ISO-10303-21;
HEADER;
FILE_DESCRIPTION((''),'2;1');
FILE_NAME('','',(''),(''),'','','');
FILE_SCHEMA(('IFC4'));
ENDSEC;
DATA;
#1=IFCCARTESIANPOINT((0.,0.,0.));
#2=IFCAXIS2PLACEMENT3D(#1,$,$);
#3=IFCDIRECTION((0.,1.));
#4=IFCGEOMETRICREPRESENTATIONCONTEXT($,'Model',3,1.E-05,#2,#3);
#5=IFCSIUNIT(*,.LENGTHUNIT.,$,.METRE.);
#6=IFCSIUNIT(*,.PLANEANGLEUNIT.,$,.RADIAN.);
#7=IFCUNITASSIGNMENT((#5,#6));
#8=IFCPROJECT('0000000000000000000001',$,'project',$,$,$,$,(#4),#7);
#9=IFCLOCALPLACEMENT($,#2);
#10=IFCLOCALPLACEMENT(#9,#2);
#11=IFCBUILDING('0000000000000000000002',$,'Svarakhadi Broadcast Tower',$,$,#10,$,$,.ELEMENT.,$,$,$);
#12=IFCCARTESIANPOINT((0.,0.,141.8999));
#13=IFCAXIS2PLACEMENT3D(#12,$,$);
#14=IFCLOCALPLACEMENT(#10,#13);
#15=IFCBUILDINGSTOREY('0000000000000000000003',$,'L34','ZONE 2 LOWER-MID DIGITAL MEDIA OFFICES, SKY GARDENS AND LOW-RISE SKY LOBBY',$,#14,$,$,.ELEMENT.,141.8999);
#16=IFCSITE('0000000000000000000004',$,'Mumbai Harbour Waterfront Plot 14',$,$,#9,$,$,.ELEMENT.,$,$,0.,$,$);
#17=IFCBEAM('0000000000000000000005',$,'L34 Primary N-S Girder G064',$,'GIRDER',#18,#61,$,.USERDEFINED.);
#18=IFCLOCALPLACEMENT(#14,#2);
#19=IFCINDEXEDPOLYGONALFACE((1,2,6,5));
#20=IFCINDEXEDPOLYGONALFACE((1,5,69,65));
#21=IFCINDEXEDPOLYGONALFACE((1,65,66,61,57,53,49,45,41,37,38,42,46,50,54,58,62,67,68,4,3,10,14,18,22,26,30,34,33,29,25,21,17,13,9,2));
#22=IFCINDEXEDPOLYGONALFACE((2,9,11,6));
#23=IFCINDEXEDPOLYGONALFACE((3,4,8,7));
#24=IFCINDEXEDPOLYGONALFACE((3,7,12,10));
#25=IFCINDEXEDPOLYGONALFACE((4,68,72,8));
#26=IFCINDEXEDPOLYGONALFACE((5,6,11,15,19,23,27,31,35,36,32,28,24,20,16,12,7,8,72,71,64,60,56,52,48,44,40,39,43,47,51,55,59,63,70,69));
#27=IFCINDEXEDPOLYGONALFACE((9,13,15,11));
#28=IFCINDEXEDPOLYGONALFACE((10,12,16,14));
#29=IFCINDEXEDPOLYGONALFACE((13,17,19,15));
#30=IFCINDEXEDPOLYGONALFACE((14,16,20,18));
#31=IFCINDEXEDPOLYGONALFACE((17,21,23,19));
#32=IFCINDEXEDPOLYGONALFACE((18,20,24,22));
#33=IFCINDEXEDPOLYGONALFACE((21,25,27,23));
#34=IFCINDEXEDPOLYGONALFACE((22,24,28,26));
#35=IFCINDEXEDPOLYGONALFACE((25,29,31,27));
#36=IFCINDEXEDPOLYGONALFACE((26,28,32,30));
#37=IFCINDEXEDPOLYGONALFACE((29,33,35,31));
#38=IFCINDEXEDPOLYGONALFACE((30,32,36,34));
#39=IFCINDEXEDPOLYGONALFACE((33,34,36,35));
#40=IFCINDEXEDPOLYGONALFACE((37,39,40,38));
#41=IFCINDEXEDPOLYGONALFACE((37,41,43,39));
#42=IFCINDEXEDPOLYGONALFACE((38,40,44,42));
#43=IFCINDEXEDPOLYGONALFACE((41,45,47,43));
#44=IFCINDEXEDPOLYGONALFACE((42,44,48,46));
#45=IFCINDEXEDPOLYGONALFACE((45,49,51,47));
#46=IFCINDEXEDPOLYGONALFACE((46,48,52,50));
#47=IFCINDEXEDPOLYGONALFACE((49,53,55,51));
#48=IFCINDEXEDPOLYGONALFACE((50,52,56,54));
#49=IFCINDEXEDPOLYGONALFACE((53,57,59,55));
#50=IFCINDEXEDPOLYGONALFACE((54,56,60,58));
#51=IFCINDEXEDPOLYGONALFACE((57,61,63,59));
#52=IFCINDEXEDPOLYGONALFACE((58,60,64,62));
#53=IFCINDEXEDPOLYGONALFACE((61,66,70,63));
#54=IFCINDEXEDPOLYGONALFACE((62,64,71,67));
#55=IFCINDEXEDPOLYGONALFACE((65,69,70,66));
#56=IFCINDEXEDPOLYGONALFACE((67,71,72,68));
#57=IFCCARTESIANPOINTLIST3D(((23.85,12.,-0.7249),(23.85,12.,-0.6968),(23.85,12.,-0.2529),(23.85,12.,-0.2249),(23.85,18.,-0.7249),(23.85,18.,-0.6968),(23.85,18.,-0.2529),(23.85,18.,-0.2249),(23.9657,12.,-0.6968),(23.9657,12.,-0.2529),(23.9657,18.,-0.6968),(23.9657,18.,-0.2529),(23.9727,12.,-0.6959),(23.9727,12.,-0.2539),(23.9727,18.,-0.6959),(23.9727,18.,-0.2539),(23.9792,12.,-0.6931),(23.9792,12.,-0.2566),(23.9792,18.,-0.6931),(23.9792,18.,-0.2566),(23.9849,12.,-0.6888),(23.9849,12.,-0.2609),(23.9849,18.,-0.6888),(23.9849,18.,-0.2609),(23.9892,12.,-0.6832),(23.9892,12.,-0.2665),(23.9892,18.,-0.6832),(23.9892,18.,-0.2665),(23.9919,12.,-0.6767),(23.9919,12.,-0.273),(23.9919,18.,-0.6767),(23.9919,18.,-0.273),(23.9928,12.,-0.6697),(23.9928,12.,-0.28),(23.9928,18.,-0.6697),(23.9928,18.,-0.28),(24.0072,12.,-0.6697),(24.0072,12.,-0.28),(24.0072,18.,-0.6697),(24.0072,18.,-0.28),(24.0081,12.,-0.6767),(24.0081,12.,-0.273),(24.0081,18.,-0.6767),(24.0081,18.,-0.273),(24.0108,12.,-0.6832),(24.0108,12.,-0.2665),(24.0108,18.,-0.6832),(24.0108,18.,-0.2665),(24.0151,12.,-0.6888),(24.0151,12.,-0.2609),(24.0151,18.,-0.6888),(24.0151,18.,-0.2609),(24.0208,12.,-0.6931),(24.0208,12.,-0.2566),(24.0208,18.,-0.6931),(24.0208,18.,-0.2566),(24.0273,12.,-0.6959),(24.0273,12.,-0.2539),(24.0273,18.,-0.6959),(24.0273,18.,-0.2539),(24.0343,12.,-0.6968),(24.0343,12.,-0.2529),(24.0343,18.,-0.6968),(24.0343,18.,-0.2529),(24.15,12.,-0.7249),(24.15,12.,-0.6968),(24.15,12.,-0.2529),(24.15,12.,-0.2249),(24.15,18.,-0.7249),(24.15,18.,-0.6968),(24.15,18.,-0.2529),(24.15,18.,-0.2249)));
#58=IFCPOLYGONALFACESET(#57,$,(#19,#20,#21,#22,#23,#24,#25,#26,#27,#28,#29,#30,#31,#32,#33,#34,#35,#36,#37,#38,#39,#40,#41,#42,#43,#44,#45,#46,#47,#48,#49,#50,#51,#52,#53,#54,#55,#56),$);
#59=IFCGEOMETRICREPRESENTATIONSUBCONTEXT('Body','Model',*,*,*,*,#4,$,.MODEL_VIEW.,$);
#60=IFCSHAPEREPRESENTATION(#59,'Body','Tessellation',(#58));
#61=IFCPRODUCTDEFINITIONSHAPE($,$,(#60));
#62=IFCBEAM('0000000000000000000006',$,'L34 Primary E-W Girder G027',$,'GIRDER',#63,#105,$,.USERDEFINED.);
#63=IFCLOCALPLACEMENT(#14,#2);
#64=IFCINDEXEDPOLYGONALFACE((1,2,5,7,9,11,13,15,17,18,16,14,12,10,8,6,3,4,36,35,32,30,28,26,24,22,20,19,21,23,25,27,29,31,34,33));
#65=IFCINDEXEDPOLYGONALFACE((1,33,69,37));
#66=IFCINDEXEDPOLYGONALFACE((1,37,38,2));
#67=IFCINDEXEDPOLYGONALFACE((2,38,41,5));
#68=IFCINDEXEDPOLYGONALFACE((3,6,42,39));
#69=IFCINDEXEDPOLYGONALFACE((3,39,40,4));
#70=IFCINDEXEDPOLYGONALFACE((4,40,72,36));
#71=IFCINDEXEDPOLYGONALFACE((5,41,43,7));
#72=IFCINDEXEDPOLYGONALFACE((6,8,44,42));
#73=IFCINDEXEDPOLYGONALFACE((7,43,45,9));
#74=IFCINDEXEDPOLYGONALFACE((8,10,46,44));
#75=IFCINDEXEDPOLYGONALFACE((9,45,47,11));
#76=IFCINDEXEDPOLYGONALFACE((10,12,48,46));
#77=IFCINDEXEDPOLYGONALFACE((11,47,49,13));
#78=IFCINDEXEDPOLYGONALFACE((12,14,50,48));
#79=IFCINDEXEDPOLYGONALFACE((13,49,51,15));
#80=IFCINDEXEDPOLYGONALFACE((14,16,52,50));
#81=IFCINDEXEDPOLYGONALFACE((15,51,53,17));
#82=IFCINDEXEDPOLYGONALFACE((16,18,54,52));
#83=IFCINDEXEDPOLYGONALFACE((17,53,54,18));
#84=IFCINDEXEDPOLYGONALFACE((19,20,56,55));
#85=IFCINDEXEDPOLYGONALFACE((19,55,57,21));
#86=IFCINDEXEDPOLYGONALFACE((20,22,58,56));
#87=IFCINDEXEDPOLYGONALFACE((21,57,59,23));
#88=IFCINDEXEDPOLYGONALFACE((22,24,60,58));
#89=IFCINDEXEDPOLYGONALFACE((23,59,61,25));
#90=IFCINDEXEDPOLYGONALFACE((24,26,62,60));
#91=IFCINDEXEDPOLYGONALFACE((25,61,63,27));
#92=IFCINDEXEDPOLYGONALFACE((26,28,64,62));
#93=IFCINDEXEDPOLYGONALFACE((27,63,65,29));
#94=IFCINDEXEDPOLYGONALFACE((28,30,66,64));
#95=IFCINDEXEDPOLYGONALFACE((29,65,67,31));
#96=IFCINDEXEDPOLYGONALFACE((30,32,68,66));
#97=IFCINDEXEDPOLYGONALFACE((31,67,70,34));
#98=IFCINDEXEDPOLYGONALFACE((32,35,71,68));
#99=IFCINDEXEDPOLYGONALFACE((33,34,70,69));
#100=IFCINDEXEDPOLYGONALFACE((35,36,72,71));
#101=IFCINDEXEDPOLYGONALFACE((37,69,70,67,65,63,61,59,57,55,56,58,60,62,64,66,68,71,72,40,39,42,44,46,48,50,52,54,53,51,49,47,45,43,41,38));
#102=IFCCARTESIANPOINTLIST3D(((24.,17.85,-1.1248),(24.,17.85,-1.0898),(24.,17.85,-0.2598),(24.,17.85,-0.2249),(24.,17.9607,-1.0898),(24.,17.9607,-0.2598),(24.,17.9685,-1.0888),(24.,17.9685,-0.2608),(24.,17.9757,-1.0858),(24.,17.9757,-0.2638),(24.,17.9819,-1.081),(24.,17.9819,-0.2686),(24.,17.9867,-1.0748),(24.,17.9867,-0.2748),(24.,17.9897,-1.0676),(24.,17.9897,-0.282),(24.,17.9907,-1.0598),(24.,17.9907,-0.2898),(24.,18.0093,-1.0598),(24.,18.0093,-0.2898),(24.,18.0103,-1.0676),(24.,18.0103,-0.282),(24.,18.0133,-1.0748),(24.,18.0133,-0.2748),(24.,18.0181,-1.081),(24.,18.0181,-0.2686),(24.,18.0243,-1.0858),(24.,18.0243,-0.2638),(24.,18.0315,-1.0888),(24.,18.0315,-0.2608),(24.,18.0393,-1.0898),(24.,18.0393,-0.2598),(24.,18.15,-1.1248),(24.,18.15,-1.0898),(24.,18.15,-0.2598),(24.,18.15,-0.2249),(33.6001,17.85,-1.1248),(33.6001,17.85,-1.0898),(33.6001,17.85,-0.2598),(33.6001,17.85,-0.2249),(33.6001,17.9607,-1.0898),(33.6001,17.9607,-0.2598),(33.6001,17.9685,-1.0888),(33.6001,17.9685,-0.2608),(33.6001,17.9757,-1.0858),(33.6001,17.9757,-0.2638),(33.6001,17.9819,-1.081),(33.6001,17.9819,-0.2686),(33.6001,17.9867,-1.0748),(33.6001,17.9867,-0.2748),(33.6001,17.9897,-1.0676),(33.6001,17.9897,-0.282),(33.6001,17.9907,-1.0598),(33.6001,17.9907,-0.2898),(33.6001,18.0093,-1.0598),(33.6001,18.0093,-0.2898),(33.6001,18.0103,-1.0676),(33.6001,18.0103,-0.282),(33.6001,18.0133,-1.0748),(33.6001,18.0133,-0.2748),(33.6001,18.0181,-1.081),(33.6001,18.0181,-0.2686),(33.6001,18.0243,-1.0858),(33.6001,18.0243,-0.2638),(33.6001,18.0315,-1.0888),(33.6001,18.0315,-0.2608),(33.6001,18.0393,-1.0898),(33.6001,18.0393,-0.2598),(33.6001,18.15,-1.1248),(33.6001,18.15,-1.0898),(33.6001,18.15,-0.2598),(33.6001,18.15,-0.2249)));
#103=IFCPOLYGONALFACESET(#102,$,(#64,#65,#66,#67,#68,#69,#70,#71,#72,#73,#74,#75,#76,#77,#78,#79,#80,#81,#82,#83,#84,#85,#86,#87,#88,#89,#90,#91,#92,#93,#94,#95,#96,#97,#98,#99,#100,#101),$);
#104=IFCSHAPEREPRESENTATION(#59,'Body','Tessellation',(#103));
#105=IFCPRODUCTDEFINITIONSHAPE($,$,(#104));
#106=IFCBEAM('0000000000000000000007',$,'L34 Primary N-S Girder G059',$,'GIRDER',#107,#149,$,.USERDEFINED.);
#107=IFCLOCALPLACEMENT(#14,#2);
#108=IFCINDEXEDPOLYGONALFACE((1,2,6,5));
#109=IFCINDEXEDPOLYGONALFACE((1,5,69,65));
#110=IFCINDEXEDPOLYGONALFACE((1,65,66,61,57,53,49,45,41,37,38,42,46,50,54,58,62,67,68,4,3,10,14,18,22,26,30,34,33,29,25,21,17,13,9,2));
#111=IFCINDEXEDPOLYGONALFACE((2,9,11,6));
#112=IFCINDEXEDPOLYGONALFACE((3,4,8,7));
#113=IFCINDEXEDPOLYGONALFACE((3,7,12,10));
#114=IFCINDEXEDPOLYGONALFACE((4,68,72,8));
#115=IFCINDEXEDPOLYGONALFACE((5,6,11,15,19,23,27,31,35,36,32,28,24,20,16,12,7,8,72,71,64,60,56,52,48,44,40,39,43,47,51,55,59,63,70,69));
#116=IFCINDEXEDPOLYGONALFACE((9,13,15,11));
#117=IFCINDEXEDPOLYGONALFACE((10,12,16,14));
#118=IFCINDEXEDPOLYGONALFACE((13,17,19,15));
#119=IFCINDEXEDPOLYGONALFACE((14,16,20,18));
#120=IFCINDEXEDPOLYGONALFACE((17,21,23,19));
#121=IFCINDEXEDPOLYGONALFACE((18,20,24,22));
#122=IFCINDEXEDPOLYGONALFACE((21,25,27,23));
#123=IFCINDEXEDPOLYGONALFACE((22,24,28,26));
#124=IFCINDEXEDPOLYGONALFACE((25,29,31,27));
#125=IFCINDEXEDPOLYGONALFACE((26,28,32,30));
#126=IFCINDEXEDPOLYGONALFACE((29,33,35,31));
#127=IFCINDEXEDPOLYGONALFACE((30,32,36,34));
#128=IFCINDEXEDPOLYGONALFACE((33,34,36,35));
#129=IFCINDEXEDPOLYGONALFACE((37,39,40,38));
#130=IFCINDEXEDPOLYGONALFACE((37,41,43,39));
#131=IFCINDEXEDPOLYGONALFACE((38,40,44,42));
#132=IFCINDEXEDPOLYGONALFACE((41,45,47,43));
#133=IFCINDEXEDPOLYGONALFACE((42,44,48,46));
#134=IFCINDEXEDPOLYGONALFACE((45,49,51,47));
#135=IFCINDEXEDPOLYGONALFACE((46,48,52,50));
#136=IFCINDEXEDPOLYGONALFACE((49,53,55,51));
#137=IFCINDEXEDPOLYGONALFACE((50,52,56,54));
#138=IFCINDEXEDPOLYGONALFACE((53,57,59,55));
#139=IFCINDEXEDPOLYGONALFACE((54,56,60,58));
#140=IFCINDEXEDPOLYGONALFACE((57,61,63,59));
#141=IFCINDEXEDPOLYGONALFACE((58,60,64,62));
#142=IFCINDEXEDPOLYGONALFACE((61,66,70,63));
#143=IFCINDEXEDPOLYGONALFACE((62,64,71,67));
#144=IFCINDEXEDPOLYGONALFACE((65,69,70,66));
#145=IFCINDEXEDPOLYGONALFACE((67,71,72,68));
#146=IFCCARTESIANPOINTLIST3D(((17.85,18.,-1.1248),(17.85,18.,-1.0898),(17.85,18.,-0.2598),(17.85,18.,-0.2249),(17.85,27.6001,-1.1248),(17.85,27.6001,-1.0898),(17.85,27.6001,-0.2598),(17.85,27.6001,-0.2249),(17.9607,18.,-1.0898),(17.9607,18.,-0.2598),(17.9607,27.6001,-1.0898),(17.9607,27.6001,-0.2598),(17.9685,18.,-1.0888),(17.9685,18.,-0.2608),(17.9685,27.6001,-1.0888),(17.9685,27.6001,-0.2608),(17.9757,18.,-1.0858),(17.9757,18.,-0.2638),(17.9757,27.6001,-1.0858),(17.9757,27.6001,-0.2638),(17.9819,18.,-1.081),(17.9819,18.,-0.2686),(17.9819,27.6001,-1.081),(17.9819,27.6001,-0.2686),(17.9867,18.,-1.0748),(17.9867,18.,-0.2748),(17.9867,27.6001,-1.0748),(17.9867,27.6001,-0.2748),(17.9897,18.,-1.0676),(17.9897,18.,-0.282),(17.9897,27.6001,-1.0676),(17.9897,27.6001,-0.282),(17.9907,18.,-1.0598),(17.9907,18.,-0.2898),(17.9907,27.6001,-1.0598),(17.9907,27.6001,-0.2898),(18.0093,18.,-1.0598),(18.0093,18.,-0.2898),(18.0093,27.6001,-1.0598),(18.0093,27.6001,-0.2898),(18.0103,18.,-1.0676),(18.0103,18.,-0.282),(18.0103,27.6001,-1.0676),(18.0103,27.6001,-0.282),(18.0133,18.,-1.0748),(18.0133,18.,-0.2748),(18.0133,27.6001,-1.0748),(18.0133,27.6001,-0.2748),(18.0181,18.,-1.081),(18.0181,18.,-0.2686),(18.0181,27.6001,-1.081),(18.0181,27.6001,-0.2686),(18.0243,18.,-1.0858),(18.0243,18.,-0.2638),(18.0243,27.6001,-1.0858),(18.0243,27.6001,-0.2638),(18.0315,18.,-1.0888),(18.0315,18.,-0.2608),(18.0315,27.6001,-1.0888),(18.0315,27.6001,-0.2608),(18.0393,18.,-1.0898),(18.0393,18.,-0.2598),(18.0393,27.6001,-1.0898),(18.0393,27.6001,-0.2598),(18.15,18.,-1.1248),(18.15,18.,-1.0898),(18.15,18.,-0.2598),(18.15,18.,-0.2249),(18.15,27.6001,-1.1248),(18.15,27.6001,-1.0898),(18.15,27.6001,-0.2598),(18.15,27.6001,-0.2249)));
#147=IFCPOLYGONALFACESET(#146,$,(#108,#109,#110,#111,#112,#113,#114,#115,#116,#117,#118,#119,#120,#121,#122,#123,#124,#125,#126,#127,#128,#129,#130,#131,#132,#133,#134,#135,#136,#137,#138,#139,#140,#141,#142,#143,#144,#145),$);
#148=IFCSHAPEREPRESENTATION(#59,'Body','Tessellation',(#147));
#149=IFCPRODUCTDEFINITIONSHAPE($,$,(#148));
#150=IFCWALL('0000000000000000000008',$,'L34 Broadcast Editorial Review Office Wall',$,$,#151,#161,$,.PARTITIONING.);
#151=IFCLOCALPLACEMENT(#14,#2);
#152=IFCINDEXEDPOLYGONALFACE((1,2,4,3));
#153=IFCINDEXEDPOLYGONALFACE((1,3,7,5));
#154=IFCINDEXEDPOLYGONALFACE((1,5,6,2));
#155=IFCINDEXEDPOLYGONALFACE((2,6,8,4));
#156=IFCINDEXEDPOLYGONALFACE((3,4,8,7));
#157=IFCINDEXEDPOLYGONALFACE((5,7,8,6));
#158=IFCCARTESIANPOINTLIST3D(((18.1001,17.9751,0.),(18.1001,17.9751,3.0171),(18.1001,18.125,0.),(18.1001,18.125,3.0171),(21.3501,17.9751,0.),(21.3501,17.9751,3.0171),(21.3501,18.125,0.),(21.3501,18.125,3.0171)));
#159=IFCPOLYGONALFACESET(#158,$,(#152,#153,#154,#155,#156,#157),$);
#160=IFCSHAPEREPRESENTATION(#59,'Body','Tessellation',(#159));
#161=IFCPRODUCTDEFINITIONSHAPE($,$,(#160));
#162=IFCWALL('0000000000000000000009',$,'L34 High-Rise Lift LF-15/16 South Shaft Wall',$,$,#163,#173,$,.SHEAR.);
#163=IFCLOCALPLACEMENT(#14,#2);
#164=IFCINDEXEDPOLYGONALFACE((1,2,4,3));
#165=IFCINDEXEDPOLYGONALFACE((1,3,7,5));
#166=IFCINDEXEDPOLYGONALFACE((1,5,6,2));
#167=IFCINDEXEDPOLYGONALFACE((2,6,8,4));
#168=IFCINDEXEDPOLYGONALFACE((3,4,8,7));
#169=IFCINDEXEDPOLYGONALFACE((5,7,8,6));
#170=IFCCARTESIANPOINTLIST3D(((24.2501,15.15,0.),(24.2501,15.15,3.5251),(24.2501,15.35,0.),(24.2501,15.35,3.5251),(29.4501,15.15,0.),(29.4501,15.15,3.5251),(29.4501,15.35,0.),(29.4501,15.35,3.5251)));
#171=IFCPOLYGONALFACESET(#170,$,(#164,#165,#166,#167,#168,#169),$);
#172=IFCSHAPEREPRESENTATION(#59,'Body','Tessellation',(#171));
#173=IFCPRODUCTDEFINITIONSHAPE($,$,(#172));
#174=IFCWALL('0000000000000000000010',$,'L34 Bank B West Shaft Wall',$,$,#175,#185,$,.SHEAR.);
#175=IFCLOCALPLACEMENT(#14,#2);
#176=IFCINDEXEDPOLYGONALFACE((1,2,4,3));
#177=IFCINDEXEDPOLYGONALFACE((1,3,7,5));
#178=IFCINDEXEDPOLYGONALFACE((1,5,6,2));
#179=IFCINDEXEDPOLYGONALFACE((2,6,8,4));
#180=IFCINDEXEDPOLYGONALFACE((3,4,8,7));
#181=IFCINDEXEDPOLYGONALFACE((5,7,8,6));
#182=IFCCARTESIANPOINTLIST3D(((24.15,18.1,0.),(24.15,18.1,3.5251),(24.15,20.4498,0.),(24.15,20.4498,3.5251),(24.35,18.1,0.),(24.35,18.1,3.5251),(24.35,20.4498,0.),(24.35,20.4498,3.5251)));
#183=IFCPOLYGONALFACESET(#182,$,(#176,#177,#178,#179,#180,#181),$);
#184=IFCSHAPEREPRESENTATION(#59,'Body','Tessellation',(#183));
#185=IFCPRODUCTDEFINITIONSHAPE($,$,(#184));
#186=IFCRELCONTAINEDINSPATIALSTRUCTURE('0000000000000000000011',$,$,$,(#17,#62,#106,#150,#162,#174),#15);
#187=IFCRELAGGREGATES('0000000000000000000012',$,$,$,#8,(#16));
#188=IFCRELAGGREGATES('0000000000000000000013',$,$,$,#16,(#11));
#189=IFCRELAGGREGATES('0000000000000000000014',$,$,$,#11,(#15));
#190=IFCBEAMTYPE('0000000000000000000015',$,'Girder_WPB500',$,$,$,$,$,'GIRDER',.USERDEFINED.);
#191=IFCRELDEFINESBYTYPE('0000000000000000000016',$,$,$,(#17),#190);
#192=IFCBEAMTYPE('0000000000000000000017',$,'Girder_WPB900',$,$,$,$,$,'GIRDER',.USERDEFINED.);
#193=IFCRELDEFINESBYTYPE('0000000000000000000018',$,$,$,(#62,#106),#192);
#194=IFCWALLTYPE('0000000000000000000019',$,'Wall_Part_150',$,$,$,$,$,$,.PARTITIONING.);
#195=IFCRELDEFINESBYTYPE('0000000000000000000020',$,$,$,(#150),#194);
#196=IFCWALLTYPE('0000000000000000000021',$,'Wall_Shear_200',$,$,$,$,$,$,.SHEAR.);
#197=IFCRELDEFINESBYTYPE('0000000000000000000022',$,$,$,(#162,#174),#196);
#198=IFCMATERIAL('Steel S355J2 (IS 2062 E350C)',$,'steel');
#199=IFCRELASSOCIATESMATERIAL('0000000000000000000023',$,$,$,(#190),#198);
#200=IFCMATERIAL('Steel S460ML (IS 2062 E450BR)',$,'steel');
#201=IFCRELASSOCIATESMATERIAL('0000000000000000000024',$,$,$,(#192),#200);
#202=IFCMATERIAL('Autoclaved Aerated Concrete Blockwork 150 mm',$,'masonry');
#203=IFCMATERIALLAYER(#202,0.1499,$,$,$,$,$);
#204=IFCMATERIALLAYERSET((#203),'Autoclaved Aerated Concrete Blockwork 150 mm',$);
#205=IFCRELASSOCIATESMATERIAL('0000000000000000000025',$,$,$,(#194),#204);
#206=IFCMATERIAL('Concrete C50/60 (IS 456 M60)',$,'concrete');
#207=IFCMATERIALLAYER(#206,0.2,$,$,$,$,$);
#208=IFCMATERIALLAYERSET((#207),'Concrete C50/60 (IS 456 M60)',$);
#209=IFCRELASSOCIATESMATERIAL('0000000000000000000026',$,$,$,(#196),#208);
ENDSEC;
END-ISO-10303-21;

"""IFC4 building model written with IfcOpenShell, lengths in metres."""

from ifc_helpers import new_model, si_unit, direction, frame, frame_2d, origin, origin_2d, place, context, subcontext, project, spatial, rectangle, i_section, extrude, material, layer, layer_set, material_profile, profile_set, type_object, element, save


model = new_model("IFC4")

# Units and contexts
model_context = context("Model", 3, precision=1e-05, world=origin(), true_north=direction((0.0, 1.0)))
body_context = subcontext(model_context, "Body", "Model", "MODEL_VIEW")
ifc_project = project(units=[si_unit("LENGTHUNIT", "METRE"), si_unit("PLANEANGLEUNIT", "RADIAN")], contexts=[model_context])

# Site, building, storey
site_placement = place(None, origin())
site = spatial("IfcSite", under=ifc_project, at=site_placement, Name="Mumbai Harbour Waterfront Plot 14", CompositionType="ELEMENT", RefElevation=0.0)
building_placement = place(site_placement, origin())
building = spatial("IfcBuilding", under=site, at=building_placement, Name="Svarakhadi Broadcast Tower", CompositionType="ELEMENT")
storey_placement = place(building_placement, frame((0.0, 0.0, 141.8999)))
storey = spatial("IfcBuildingStorey", under=building, at=storey_placement, Name="L34", Description="ZONE 2 LOWER-MID DIGITAL MEDIA OFFICES, SKY GARDENS AND LOW-RISE SKY LOBBY", CompositionType="ELEMENT", Elevation=141.8999)

# Shared definitions
ifc_material_1 = material(Name="Concrete C50/60 (IS 456 M60)", Category="concrete")

# Beams
ifc_material_2 = material(Name="Steel S355J2 (IS 2062 E350C)", Category="steel")
ifc_material_profile_1 = material_profile(ifc_material_2, i_section(OverallWidth=0.3, OverallDepth=0.5, WebThickness=0.0144, FlangeThickness=0.0281, FilletRadius=0.0271, at=origin_2d()), Name="WPB 500x300x187")
ifc_profile_set_1 = profile_set([ifc_material_profile_1], Name="Steel S355J2 (IS 2062 E350C)")
beam_type_1 = type_object("IfcBeamType", Name="Girder_WPB500", ElementType="GIRDER", PredefinedType="USERDEFINED", material=ifc_profile_set_1)
for number, where, z_axis, x_axis, name in (
    (1, (24.0, 12.0, -0.4749), (0.0, 1.0, 0.0), (-1.0, 0.0, 0.0), "L34 Primary N-S Girder G064"),
):
    element("IfcBeam", number, at=place(storey_placement, frame(where, z_axis=z_axis, x_axis=x_axis)), inside=storey, type_object=beam_type_1, Name=name, ObjectType="GIRDER", PredefinedType="USERDEFINED", context=body_context, shape_type="SweptSolid", body=[
        extrude(i_section(OverallWidth=0.3, OverallDepth=0.5, WebThickness=0.0144, FlangeThickness=0.0281, FilletRadius=0.0271, at=origin_2d()), origin(), (0.0, 0.0, 1.0), 6.0),
    ])
ifc_material_3 = material(Name="Steel S460ML (IS 2062 E450BR)", Category="steel")
ifc_material_profile_2 = material_profile(ifc_material_3, i_section(OverallWidth=0.3, OverallDepth=0.8999, WebThickness=0.0186, FlangeThickness=0.0349, FilletRadius=0.03, at=origin_2d()), Name="WPB 900x300x291")
ifc_profile_set_2 = profile_set([ifc_material_profile_2], Name="Steel S460ML (IS 2062 E450BR)")
beam_type_2 = type_object("IfcBeamType", Name="Girder_WPB900", ElementType="GIRDER", PredefinedType="USERDEFINED", material=ifc_profile_set_2)
for number, where, z_axis, x_axis, name in (
    (2, (24.0, 18.0, -0.6748), (1.0, 0.0, 0.0), (0.0, 1.0, 0.0), "L34 Primary E-W Girder G027"),
    (3, (18.0, 18.0, -0.6748), (0.0, 1.0, 0.0), (-1.0, 0.0, 0.0), "L34 Primary N-S Girder G059"),
):
    element("IfcBeam", number, at=place(storey_placement, frame(where, z_axis=z_axis, x_axis=x_axis)), inside=storey, type_object=beam_type_2, Name=name, ObjectType="GIRDER", PredefinedType="USERDEFINED", context=body_context, shape_type="SweptSolid", body=[
        extrude(i_section(OverallWidth=0.3, OverallDepth=0.8999, WebThickness=0.0186, FlangeThickness=0.0349, FilletRadius=0.03, at=origin_2d()), origin(), (0.0, 0.0, 1.0), 9.6001),
    ])

# Walls
ifc_material_4 = material(Name="Autoclaved Aerated Concrete Blockwork 150 mm", Category="masonry")
ifc_layer_1 = layer(ifc_material_4, 0.1499)
ifc_layer_set_1 = layer_set([ifc_layer_1], Name="Autoclaved Aerated Concrete Blockwork 150 mm")
wall_type_1 = type_object("IfcWallType", Name="Wall_Part_150", PredefinedType="PARTITIONING", material=ifc_layer_set_1)
wall_1_placement = place(storey_placement, frame((18.1001, 18.05, 0.0), z_axis=(0.0, 0.0, 1.0), x_axis=(1.0, 0.0, 0.0)))
element("IfcWall", 4, at=wall_1_placement, inside=storey, type_object=wall_type_1, Name="L34 Broadcast Editorial Review Office Wall", PredefinedType="PARTITIONING", context=body_context, shape_type="SweptSolid", body=[
    extrude(rectangle(XDim=3.25, YDim=0.1499, at=frame_2d((1.625, 0.0))), origin(), (0.0, 0.0, 1.0), 3.0171),
])
ifc_layer_2 = layer(ifc_material_1, 0.2)
ifc_layer_set_2 = layer_set([ifc_layer_2], Name="Concrete C50/60 (IS 456 M60)")
wall_type_2 = type_object("IfcWallType", Name="Wall_Shear_200", PredefinedType="SHEAR", material=ifc_layer_set_2)
wall_2_placement = place(storey_placement, frame((24.25, 15.25, 0.0), z_axis=(0.0, 0.0, 1.0), x_axis=(1.0, 0.0, 0.0)))
element("IfcWall", 5, at=wall_2_placement, inside=storey, type_object=wall_type_2, Name="L34 High-Rise Lift LF-15/16 South Shaft Wall", PredefinedType="SHEAR", context=body_context, shape_type="SweptSolid", body=[
    extrude(rectangle(XDim=5.2, YDim=0.2, at=frame_2d((2.6001, 0.0))), origin(), (0.0, 0.0, 1.0), 3.5251),
])
wall_3_placement = place(storey_placement, frame((24.25, 18.1001, 0.0), z_axis=(0.0, 0.0, 1.0), x_axis=(0.0, 1.0, 0.0)))
element("IfcWall", 6, at=wall_3_placement, inside=storey, type_object=wall_type_2, Name="L34 Bank B West Shaft Wall", PredefinedType="SHEAR", context=body_context, shape_type="SweptSolid", body=[
    extrude(rectangle(XDim=2.3499, YDim=0.2, at=frame_2d((1.1748, 0.0))), origin(), (0.0, 0.0, 1.0), 3.5251),
])

save(model, "model.ifc")
